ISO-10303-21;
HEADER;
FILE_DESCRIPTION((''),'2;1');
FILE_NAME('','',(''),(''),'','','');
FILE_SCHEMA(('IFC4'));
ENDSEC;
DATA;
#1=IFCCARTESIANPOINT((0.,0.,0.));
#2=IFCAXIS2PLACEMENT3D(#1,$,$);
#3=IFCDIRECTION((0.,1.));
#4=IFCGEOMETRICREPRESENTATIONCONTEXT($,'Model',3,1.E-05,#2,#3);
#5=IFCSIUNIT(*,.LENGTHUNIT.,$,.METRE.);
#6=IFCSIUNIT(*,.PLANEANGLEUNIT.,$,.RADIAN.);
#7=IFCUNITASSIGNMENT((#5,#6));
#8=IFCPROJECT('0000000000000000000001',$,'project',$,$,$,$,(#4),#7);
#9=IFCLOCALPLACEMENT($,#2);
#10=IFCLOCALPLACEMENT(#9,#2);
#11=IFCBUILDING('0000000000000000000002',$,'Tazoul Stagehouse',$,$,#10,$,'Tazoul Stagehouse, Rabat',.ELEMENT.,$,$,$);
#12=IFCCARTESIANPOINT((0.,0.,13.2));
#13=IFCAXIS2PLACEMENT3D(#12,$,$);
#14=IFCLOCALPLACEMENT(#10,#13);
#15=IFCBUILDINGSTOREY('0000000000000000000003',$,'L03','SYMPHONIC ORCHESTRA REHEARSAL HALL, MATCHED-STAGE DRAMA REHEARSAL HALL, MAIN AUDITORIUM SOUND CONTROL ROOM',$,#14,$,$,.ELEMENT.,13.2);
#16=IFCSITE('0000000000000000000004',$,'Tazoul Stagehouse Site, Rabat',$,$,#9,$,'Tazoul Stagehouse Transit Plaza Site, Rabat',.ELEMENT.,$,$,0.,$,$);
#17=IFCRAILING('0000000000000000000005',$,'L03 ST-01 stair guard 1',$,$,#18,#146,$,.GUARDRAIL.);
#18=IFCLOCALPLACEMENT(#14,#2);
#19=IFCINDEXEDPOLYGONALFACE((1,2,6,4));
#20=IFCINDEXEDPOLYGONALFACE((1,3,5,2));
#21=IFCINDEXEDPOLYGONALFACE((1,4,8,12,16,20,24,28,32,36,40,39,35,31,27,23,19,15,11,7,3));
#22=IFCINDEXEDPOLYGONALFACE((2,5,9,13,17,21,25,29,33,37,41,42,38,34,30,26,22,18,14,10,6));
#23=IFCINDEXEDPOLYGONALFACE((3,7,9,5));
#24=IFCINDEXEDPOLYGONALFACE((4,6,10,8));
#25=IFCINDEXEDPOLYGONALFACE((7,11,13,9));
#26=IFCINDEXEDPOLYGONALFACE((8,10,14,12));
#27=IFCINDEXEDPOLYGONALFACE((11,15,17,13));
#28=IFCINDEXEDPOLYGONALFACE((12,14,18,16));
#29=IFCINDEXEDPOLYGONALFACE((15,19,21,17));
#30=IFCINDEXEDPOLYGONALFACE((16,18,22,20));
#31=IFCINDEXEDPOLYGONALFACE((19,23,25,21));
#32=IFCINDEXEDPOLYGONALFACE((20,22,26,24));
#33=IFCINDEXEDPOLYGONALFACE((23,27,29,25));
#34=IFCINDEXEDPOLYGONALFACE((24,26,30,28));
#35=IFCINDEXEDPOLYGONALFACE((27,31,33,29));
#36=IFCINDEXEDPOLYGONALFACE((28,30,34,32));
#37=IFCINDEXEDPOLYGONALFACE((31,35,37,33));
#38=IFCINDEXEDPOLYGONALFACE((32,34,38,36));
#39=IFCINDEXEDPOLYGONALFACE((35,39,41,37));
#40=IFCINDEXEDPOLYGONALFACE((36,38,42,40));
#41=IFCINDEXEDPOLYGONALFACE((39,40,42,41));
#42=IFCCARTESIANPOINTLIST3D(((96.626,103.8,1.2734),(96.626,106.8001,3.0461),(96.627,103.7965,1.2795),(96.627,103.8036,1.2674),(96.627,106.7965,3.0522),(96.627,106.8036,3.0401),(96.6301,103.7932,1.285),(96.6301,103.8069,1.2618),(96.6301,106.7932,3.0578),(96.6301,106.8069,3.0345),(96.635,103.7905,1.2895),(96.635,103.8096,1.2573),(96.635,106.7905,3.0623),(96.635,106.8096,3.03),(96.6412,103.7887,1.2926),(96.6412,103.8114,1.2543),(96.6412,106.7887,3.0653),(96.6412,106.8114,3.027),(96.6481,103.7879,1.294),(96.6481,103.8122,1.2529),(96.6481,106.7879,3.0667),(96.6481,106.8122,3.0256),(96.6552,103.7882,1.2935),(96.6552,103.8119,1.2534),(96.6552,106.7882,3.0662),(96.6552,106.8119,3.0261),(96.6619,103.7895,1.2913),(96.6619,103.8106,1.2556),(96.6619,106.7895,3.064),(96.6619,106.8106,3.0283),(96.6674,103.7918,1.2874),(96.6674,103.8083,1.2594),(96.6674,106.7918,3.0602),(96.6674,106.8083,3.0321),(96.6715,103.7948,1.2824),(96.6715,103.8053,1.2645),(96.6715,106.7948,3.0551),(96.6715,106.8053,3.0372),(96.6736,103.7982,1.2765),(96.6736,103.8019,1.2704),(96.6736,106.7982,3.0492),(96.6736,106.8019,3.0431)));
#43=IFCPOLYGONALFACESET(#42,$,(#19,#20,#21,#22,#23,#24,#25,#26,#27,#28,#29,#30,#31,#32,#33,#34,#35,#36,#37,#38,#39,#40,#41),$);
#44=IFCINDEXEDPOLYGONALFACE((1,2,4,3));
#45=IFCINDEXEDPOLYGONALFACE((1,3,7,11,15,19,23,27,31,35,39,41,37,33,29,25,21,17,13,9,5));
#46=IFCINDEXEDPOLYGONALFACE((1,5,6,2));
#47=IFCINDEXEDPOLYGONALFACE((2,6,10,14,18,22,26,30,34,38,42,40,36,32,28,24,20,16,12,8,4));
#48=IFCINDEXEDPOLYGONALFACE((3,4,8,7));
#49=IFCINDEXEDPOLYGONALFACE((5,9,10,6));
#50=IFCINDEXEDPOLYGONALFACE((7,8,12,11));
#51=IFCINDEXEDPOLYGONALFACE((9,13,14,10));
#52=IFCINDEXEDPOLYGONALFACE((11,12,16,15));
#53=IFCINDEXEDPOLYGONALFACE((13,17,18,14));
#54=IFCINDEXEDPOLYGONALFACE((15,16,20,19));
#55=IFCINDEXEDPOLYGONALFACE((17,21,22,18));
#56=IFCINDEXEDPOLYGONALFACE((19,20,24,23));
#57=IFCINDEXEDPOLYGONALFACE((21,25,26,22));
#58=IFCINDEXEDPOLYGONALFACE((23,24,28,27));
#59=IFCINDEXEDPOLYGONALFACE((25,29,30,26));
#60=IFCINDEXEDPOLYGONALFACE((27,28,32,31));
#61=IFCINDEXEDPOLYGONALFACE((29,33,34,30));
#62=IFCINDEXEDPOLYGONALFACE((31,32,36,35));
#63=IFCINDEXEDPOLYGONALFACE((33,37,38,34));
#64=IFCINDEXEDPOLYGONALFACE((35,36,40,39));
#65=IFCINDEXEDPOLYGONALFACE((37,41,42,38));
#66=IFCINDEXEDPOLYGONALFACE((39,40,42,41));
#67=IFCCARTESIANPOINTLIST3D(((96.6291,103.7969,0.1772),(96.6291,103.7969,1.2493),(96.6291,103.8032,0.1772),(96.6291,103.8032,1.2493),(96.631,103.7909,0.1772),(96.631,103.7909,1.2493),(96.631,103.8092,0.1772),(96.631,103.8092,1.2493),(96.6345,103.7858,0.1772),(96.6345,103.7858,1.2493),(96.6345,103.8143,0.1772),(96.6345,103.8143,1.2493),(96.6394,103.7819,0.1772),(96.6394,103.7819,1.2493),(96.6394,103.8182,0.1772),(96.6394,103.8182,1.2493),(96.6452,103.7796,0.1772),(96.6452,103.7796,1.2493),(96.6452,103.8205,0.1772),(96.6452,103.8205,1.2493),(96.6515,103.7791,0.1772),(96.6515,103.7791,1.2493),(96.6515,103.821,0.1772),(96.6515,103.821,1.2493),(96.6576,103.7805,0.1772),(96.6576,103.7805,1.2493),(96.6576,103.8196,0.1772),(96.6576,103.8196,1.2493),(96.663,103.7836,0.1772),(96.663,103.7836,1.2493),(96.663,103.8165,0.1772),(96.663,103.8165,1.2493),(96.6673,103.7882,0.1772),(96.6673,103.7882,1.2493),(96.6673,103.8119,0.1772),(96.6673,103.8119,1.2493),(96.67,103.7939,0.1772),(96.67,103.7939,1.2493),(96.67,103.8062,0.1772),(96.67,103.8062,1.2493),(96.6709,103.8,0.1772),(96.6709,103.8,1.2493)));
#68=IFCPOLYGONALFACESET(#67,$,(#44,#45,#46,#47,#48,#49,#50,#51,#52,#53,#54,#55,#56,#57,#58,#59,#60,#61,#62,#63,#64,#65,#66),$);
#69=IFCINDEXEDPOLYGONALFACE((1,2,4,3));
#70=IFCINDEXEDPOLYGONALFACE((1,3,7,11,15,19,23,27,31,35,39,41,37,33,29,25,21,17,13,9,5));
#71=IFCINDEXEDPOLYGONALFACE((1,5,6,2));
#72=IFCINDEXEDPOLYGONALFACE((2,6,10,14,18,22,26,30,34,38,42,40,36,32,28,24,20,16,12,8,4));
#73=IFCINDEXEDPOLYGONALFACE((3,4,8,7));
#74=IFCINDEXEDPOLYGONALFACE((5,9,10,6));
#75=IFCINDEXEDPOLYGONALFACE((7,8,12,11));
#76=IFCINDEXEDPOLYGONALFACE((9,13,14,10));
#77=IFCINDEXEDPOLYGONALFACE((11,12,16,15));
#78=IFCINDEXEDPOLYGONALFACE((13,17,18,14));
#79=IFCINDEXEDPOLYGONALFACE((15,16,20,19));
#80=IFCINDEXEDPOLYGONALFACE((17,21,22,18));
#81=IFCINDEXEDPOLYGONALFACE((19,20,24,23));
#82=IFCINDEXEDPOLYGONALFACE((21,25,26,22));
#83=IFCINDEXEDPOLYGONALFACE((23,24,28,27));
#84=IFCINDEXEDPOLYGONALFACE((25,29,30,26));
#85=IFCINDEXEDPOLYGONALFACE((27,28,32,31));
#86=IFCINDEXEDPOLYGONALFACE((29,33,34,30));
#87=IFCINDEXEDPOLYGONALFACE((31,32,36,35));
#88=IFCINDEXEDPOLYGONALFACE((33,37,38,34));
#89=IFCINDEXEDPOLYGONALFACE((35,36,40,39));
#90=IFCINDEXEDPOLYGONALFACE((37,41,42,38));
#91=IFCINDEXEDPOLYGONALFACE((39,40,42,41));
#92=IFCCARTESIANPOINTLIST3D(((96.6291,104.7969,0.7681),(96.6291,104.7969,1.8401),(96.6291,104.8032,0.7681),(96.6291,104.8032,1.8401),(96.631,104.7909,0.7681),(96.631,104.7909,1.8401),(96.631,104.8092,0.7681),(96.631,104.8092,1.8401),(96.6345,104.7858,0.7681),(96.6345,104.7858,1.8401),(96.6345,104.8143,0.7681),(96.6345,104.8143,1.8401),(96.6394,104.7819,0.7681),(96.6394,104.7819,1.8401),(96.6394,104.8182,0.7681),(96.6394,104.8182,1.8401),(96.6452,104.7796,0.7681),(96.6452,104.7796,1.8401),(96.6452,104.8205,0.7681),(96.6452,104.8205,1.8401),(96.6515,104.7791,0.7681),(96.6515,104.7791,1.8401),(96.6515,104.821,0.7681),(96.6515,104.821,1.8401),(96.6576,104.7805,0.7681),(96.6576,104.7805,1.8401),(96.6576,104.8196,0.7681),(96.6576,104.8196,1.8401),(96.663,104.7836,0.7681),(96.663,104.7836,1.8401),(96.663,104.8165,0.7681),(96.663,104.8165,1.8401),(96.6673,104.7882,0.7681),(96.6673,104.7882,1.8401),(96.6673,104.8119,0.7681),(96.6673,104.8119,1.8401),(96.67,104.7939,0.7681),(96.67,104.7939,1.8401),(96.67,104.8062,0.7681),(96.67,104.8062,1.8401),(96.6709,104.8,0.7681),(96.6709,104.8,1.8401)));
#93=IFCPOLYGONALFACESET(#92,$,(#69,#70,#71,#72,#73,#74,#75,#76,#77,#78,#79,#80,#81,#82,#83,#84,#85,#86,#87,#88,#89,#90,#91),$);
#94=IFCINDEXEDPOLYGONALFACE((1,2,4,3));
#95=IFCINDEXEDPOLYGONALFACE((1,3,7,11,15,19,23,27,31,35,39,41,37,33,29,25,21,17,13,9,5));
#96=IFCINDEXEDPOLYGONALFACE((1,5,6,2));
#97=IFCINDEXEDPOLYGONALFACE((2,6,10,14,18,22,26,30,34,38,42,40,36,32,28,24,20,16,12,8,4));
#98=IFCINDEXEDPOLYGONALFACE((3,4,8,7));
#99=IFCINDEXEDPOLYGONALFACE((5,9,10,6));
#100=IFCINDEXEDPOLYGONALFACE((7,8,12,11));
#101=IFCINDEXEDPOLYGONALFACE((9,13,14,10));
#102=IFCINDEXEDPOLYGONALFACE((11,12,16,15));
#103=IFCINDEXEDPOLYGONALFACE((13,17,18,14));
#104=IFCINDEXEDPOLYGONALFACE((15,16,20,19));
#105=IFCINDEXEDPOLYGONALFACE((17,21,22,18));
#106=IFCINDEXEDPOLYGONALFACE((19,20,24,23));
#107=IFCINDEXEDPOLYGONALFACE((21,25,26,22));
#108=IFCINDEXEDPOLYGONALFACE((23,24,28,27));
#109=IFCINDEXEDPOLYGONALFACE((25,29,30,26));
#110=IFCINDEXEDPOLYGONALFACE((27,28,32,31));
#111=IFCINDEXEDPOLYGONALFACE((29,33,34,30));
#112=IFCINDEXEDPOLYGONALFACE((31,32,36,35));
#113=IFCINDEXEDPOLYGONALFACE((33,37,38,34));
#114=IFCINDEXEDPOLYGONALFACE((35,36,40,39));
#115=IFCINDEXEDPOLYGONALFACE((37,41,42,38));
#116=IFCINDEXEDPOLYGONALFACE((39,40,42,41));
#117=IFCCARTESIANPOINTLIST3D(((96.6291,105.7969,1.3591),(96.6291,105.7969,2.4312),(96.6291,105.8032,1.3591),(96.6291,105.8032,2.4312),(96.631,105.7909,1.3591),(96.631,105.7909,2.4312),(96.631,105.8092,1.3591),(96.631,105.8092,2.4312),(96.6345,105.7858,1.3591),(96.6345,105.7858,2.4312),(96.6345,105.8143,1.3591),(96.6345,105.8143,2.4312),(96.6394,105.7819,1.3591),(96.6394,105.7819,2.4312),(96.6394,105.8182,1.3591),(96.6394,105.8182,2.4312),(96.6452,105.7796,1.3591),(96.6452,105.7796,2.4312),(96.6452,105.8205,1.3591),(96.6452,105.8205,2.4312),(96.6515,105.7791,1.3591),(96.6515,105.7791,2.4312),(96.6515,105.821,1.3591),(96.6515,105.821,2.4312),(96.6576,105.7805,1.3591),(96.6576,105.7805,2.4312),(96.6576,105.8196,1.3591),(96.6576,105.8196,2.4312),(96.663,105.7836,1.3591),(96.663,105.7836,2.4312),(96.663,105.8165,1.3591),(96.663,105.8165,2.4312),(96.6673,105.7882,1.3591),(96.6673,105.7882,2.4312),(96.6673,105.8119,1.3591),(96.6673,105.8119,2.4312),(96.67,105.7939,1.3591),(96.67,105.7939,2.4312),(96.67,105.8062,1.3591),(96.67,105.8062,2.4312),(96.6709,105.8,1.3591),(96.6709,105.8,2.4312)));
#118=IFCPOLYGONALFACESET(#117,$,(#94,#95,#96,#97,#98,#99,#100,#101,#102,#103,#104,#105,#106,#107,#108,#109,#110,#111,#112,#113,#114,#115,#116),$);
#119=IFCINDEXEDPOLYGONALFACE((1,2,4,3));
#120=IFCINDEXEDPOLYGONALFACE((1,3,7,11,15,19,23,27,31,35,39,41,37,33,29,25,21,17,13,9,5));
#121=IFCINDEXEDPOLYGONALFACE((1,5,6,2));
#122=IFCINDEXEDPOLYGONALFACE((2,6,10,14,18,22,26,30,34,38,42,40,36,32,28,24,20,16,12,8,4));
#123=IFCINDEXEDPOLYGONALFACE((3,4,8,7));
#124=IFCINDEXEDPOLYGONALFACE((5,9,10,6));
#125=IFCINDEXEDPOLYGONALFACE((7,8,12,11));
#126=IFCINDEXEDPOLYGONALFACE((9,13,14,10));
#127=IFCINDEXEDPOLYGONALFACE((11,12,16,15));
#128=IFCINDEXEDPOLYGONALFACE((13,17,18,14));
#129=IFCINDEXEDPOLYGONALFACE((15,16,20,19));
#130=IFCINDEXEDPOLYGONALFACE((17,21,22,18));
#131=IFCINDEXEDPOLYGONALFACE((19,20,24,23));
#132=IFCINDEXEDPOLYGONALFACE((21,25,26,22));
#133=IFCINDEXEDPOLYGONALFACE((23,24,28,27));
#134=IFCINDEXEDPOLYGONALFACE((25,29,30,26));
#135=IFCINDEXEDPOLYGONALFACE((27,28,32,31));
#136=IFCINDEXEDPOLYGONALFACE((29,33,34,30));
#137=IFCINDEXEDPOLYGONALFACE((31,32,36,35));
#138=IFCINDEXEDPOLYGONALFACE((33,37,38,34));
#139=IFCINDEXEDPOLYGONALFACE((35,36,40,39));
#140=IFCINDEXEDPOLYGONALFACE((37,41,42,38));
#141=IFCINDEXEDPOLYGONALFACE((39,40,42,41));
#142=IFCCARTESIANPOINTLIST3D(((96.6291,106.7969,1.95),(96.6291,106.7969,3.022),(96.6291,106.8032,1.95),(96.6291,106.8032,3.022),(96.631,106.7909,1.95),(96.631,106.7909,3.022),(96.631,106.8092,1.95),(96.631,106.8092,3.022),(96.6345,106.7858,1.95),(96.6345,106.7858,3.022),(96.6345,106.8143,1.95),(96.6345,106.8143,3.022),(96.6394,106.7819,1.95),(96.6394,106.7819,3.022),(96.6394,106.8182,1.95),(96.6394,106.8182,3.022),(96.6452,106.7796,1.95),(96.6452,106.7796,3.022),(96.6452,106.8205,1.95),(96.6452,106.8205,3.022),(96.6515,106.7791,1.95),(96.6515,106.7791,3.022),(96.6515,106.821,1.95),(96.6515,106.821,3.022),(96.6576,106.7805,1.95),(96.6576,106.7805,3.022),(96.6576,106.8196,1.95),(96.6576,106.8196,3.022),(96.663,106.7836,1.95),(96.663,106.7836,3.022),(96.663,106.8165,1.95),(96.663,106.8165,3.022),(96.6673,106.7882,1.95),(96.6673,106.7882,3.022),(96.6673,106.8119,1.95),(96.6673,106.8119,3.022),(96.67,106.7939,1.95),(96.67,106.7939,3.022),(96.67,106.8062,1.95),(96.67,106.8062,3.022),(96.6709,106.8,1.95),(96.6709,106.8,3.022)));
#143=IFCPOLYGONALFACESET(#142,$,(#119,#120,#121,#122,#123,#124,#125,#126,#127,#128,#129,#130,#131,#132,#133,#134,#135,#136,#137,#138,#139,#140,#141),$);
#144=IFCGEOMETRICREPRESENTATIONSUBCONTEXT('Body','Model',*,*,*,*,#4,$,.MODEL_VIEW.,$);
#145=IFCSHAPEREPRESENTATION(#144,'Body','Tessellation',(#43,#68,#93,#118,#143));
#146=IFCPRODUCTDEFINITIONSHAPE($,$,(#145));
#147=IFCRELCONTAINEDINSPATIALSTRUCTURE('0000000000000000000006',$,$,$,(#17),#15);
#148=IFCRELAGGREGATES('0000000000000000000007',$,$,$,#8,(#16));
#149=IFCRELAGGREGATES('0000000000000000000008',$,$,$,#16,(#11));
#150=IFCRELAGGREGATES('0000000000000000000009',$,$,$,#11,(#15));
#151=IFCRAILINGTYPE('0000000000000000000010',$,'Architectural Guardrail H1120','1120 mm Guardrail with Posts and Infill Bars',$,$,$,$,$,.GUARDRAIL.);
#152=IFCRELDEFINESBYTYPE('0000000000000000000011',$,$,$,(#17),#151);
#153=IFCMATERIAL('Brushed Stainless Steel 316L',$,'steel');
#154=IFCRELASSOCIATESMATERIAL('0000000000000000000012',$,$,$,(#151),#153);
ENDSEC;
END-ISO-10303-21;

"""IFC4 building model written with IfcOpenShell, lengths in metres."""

from ifc_helpers import new_model, si_unit, direction, frame, origin, origin_2d, place, context, subcontext, project, spatial, circle, extrude, material, material_profile, profile_set, type_object, element, save


model = new_model("IFC4")

# Units and contexts
model_context = context("Model", 3, precision=1e-05, world=origin(), true_north=direction((0.0, 1.0)))
body_context = subcontext(model_context, "Body", "Model", "MODEL_VIEW")
ifc_project = project(units=[si_unit("LENGTHUNIT", "METRE"), si_unit("PLANEANGLEUNIT", "RADIAN")], contexts=[model_context])

# Site, building, storey
site_placement = place(None, origin())
site = spatial("IfcSite", under=ifc_project, at=site_placement, Name="Tazoul Stagehouse Site, Rabat", LongName="Tazoul Stagehouse Transit Plaza Site, Rabat", CompositionType="ELEMENT", RefElevation=0.0)
building_placement = place(site_placement, origin())
building = spatial("IfcBuilding", under=site, at=building_placement, Name="Tazoul Stagehouse", LongName="Tazoul Stagehouse, Rabat", CompositionType="ELEMENT")
storey_placement = place(building_placement, frame((0.0, 0.0, 13.2)))
storey = spatial("IfcBuildingStorey", under=building, at=storey_placement, Name="L03", Description="SYMPHONIC ORCHESTRA REHEARSAL HALL, MATCHED-STAGE DRAMA REHEARSAL HALL, MAIN AUDITORIUM SOUND CONTROL ROOM", CompositionType="ELEMENT", Elevation=13.2)

# Railing
ifc_material_1 = material(Name="Brushed Stainless Steel 316L", Category="steel")
ifc_material_profile_1 = material_profile(ifc_material_1, circle(Radius=0.0239, at=origin_2d()), Name="SS RAIL D48")
ifc_profile_set_1 = profile_set([ifc_material_profile_1], Name="Brushed Stainless Steel 316L")
railing_type_1 = type_object("IfcRailingType", Name="Architectural Guardrail H1120", Description="1120 mm Guardrail with Posts and Infill Bars", PredefinedType="GUARDRAIL", material=ifc_profile_set_1)
railing_1_placement = place(storey_placement, frame((96.6499, 103.8, 0.1772)))
element("IfcRailing", 1, at=railing_1_placement, inside=storey, type_object=railing_type_1, Name="L03 ST-01 stair guard 1", PredefinedType="GUARDRAIL", context=body_context, shape_type="SweptSolid", body=[
    extrude(circle(Radius=0.0239, at=origin_2d()), frame((0.0, 0.0, 1.0962), z_axis=(0.0, 0.860929, 0.508725), x_axis=(-1.0, 0.0, 0.0)), (0.0, 0.0, 1.0), 3.4846),
    extrude(circle(Radius=0.021, at=origin_2d()), origin(), (0.0, 0.0, 1.0), 1.072),
    extrude(circle(Radius=0.021, at=origin_2d()), frame((0.0, 1.0, 0.5908)), (0.0, 0.0, 1.0), 1.072),
    extrude(circle(Radius=0.021, at=origin_2d()), frame((0.0, 2.0, 1.1819)), (0.0, 0.0, 1.0), 1.072),
    extrude(circle(Radius=0.021, at=origin_2d()), frame((0.0, 3.0, 1.7727)), (0.0, 0.0, 1.0), 1.072),
])

save(model, "model.ifc")
